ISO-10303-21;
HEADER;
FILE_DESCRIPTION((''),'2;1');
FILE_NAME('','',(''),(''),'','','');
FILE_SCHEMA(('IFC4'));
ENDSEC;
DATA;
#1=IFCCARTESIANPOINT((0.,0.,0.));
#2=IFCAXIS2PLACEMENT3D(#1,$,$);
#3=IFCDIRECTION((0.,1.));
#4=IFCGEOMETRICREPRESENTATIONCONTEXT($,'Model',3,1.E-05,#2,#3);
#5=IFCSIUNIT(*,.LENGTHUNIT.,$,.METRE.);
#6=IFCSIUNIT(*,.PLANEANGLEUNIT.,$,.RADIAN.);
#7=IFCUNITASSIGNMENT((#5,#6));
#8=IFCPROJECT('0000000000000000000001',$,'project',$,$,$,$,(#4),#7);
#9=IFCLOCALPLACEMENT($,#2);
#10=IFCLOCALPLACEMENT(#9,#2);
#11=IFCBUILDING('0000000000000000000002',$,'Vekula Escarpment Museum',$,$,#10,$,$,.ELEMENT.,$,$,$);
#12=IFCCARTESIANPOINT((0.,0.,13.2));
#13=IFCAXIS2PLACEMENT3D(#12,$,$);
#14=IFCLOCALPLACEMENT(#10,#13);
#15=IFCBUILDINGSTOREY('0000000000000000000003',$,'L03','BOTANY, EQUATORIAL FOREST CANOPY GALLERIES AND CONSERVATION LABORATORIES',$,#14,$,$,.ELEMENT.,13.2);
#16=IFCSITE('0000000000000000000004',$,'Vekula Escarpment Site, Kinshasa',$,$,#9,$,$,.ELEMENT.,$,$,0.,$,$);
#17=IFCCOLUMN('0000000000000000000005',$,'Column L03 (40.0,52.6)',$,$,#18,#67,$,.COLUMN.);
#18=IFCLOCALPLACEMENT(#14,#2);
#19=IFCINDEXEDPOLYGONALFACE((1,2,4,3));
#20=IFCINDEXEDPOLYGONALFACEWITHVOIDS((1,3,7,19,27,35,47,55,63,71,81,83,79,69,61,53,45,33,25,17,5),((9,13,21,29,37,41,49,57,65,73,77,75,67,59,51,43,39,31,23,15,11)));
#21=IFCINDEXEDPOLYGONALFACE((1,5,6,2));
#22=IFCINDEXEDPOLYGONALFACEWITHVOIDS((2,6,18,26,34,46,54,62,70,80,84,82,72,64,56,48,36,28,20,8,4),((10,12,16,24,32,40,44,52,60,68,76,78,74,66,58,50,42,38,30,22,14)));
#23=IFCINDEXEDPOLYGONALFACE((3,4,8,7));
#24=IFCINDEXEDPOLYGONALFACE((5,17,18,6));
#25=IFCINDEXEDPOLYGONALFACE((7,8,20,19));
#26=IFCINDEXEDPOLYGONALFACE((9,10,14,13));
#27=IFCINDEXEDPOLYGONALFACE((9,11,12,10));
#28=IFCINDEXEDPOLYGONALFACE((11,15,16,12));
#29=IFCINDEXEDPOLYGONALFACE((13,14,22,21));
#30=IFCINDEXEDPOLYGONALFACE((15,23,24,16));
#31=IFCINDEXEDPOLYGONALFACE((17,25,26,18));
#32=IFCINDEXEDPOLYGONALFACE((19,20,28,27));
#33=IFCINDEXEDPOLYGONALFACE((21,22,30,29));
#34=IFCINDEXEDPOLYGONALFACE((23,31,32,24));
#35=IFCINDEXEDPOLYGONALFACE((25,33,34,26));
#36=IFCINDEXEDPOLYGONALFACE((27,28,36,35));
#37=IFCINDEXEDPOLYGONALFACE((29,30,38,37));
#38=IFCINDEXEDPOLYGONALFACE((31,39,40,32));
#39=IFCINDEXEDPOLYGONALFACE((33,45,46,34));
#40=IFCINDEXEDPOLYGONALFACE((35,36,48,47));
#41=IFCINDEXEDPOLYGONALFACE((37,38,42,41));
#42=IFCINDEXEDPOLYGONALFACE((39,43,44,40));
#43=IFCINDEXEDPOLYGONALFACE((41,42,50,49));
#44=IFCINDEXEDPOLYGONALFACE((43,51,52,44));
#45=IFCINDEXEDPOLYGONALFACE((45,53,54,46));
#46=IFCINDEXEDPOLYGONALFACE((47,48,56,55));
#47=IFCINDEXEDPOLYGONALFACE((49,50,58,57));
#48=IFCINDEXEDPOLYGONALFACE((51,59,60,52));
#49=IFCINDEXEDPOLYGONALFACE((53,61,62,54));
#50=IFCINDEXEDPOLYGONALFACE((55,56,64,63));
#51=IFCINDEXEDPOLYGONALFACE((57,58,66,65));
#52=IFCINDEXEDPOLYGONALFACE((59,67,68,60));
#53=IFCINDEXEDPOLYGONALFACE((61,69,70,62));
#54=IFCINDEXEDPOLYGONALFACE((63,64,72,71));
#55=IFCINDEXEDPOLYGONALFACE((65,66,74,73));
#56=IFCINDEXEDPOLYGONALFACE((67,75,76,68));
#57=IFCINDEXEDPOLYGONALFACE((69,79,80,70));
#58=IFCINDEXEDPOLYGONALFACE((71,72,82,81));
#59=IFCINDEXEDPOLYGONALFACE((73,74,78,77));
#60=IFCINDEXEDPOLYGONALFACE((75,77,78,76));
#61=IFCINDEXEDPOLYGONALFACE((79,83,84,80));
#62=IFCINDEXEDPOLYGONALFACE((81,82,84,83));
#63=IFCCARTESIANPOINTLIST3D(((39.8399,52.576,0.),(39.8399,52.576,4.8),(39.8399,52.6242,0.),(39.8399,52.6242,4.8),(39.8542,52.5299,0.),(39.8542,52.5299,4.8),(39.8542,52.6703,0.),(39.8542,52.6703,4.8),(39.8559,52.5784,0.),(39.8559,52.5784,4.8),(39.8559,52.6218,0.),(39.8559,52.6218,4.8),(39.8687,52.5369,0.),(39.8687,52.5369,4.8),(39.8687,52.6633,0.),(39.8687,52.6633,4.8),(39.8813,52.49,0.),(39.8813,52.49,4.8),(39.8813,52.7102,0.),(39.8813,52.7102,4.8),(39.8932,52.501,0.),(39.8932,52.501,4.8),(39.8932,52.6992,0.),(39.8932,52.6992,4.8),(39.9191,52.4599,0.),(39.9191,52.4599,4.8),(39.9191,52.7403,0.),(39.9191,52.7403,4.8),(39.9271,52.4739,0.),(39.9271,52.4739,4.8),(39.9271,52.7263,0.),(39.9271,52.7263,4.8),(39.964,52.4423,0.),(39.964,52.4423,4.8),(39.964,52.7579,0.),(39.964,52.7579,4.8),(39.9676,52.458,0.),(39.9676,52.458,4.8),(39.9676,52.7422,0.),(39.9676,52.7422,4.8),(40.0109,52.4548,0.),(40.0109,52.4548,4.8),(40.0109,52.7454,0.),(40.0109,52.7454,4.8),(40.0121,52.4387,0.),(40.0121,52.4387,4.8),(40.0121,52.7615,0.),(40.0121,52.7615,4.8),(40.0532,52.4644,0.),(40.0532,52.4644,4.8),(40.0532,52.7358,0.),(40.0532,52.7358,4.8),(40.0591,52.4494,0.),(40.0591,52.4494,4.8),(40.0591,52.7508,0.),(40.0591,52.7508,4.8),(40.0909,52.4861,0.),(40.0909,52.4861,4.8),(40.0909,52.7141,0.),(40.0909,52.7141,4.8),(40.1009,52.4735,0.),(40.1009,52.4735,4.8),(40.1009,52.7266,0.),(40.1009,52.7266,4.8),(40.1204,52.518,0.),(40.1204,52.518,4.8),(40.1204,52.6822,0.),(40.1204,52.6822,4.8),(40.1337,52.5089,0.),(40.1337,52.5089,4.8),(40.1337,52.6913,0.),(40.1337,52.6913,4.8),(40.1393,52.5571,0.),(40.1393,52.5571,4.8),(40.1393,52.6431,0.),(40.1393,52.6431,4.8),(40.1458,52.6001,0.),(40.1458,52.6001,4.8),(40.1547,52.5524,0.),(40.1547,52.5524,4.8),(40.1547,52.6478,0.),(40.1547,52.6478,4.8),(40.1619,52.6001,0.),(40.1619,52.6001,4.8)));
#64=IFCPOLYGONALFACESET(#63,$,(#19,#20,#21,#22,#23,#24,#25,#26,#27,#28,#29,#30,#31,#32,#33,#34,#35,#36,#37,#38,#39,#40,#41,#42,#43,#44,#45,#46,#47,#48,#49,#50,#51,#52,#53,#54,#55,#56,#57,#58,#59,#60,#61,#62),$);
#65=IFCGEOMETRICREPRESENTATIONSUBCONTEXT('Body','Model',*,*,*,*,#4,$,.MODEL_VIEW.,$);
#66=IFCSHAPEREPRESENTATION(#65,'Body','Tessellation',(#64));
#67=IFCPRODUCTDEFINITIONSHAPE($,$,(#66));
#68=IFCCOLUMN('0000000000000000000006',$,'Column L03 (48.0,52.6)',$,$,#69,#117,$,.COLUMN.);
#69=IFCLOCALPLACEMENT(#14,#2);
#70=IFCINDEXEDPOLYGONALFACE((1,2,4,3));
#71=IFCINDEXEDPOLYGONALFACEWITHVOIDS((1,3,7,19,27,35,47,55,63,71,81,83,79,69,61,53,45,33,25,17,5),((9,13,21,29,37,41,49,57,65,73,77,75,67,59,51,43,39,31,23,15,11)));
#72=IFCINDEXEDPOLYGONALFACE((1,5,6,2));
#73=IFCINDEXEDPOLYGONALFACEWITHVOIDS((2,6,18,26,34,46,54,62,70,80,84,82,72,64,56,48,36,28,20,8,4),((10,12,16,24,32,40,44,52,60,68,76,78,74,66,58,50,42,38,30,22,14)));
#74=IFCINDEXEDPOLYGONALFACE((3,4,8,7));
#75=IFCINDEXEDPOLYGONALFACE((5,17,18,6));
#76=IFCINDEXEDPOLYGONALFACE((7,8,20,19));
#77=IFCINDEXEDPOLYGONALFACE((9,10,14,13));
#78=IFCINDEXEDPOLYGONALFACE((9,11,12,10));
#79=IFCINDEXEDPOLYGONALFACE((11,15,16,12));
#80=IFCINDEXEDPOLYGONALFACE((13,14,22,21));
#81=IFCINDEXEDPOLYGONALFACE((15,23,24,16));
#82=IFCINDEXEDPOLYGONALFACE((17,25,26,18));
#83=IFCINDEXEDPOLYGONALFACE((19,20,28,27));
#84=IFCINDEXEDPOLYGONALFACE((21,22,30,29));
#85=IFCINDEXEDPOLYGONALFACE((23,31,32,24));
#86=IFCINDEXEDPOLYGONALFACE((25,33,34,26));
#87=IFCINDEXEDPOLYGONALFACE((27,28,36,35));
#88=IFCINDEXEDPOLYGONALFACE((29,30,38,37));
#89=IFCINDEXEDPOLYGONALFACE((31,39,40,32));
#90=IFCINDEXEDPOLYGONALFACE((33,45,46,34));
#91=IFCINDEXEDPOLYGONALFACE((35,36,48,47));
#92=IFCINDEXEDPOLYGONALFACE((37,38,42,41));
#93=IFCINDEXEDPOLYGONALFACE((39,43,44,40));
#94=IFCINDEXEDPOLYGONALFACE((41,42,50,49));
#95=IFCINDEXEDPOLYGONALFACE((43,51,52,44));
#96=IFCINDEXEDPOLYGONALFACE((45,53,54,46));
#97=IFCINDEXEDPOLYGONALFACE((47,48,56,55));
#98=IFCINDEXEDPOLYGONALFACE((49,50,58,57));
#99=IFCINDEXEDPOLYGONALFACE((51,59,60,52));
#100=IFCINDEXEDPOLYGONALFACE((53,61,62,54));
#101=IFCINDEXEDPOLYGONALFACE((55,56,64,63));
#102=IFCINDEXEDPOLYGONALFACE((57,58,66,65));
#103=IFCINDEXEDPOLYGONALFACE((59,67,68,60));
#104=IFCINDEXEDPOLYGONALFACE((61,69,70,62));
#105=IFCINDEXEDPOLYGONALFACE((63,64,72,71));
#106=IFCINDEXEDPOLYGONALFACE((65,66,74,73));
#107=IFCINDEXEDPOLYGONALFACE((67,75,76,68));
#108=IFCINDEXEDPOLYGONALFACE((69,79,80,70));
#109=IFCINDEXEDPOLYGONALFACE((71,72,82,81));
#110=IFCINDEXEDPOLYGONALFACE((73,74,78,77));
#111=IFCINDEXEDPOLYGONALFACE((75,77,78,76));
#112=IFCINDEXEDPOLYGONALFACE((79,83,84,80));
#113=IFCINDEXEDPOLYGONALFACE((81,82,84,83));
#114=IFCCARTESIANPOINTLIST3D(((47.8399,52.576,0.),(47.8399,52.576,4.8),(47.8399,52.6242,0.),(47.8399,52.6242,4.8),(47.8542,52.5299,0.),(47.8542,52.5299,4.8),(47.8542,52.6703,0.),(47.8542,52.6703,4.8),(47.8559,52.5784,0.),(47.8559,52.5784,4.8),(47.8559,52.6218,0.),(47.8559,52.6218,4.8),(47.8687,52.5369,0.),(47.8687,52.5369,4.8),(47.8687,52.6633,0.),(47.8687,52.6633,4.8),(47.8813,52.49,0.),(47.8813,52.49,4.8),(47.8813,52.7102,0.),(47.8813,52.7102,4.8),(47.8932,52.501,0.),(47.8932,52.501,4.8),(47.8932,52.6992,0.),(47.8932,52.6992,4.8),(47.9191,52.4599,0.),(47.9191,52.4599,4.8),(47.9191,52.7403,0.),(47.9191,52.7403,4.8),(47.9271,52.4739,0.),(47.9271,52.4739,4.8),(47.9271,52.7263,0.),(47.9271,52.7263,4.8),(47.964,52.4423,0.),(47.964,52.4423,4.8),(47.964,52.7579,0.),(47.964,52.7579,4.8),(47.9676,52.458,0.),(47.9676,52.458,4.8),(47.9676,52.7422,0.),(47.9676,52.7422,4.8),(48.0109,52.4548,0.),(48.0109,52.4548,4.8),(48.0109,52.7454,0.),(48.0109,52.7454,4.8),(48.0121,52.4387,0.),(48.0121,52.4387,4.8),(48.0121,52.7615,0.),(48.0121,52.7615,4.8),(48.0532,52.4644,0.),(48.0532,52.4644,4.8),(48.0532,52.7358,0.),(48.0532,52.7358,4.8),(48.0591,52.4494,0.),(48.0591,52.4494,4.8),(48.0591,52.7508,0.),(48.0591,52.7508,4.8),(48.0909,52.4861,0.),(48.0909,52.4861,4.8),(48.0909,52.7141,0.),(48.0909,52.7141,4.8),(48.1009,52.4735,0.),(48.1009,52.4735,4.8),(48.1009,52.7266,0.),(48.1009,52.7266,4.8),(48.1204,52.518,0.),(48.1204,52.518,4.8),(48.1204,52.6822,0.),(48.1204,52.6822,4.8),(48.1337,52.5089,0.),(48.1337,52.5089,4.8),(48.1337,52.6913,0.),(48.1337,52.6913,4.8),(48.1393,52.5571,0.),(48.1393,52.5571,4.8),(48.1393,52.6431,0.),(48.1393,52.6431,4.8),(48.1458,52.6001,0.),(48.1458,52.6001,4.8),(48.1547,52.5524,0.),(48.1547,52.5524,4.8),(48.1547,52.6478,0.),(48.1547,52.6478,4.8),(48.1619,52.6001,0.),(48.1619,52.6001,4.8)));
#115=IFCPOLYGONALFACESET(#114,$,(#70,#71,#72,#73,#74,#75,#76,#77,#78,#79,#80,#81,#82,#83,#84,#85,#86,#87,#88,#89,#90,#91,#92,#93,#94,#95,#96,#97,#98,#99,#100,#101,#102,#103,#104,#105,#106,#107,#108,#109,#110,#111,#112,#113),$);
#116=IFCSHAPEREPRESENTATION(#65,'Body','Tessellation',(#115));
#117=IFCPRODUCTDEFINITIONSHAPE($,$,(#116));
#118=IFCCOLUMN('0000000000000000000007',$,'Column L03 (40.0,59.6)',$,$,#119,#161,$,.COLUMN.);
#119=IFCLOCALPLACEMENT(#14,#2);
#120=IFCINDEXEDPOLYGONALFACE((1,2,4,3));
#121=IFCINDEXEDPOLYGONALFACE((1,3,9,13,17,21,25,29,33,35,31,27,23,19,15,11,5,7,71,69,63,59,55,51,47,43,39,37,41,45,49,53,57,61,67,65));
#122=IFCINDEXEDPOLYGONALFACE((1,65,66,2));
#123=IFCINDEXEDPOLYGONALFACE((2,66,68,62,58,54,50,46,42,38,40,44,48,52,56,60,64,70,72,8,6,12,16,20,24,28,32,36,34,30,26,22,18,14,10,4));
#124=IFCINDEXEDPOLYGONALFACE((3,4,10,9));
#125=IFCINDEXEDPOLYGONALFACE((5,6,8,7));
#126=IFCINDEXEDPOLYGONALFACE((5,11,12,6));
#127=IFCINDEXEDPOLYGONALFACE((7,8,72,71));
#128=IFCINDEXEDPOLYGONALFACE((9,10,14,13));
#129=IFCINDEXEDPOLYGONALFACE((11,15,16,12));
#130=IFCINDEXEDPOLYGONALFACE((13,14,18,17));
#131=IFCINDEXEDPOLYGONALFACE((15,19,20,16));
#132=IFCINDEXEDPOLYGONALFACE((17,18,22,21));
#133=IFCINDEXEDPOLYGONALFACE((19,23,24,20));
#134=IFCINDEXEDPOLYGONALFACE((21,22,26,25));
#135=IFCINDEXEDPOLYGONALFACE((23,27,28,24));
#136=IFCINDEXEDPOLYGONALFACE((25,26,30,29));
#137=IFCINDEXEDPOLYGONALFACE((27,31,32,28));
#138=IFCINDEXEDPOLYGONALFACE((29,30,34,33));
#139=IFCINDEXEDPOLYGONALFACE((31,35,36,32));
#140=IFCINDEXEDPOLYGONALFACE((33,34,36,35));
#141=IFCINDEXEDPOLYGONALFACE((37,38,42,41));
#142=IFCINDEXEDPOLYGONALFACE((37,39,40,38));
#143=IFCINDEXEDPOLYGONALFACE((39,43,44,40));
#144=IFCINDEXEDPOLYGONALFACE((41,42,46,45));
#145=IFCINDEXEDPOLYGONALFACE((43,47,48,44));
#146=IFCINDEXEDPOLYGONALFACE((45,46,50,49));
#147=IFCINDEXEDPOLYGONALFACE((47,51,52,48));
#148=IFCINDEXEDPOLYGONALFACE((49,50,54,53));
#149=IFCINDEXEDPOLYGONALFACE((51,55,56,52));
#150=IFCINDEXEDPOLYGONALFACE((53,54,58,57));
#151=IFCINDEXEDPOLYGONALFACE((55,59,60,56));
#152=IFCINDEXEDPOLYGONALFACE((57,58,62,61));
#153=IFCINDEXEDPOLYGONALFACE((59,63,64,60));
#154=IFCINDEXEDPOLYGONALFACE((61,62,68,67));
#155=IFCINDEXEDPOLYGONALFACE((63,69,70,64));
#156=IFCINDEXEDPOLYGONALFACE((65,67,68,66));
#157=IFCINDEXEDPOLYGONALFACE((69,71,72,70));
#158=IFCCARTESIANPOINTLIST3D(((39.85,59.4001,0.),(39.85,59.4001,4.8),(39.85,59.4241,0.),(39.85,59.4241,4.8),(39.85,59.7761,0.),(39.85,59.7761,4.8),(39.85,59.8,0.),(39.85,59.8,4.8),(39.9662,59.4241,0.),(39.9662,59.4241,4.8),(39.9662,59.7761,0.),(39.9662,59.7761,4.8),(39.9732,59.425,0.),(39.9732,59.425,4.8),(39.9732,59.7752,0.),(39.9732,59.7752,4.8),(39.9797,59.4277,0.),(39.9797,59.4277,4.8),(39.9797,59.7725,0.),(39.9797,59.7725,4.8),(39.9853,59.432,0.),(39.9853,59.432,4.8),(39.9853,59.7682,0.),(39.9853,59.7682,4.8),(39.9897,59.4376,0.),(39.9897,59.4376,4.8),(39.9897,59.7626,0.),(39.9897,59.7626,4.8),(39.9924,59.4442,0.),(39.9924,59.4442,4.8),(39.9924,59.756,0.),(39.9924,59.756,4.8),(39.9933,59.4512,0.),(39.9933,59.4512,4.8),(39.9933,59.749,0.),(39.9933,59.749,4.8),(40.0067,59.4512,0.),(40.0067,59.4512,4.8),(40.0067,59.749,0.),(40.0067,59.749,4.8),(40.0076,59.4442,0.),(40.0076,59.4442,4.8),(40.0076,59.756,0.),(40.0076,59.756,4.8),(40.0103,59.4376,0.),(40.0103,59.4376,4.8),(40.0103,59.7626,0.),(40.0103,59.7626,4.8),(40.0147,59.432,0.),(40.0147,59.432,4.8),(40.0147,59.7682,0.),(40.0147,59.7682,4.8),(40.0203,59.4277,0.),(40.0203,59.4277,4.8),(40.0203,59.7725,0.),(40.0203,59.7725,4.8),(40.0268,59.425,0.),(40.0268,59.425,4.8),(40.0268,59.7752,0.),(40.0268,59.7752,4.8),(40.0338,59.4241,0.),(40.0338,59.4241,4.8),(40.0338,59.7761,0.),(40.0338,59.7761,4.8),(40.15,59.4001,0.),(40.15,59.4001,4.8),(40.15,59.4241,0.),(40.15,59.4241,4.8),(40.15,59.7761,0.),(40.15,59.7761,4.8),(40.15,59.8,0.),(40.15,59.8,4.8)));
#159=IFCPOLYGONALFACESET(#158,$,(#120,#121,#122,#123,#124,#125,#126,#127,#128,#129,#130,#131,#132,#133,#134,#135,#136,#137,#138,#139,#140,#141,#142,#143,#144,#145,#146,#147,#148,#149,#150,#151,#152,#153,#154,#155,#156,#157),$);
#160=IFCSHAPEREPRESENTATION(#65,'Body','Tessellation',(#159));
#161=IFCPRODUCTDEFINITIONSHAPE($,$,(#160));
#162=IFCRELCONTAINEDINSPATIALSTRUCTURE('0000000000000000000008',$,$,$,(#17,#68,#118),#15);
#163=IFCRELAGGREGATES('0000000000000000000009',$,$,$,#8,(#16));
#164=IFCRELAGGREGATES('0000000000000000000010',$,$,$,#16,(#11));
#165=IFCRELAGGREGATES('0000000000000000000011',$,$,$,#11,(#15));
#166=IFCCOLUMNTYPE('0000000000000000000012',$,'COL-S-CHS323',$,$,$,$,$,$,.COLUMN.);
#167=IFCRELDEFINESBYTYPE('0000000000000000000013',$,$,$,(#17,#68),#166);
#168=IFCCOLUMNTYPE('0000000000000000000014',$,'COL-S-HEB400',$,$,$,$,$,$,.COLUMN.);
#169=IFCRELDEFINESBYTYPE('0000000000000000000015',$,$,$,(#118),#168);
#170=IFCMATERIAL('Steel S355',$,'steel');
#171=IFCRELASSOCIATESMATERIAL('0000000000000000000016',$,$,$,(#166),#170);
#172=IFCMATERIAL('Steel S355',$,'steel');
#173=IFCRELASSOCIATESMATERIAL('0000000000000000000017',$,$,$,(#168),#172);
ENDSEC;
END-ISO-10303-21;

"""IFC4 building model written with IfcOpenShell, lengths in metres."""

from ifc_helpers import new_model, si_unit, direction, frame, origin, origin_2d, place, context, subcontext, project, spatial, hollow_circle, i_section, extrude, material, material_profile, profile_set, type_object, element, save


model = new_model("IFC4")

# Units and contexts
model_context = context("Model", 3, precision=1e-05, world=origin(), true_north=direction((0.0, 1.0)))
body_context = subcontext(model_context, "Body", "Model", "MODEL_VIEW")
ifc_project = project(units=[si_unit("LENGTHUNIT", "METRE"), si_unit("PLANEANGLEUNIT", "RADIAN")], contexts=[model_context])

# Site, building, storey
site_placement = place(None, origin())
site = spatial("IfcSite", under=ifc_project, at=site_placement, Name="Vekula Escarpment Site, Kinshasa", CompositionType="ELEMENT", RefElevation=0.0)
building_placement = place(site_placement, origin())
building = spatial("IfcBuilding", under=site, at=building_placement, Name="Vekula Escarpment Museum", CompositionType="ELEMENT")
storey_placement = place(building_placement, frame((0.0, 0.0, 13.2)))
storey = spatial("IfcBuildingStorey", under=building, at=storey_placement, Name="L03", Description="BOTANY, EQUATORIAL FOREST CANOPY GALLERIES AND CONSERVATION LABORATORIES", CompositionType="ELEMENT", Elevation=13.2)

# Columns
ifc_material_1 = material(Name="Steel S355", Category="steel")
ifc_material_profile_1 = material_profile(ifc_material_1, hollow_circle(Radius=0.1619, WallThickness=0.0161, at=origin_2d()), Name="CHS 323.9x16")
ifc_profile_set_1 = profile_set([ifc_material_profile_1], Name="Steel S355")
column_type_1 = type_object("IfcColumnType", Name="COL-S-CHS323", PredefinedType="COLUMN", material=ifc_profile_set_1)
for number, where, z_axis, x_axis, name in (
    (1, (40.0, 52.6001, 0.0), (0.0, 0.0, 1.0), (1.0, 0.0, 0.0), "Column L03 (40.0,52.6)"),
    (2, (48.0, 52.6001, 0.0), (0.0, 0.0, 1.0), (1.0, 0.0, 0.0), "Column L03 (48.0,52.6)"),
):
    element("IfcColumn", number, at=place(storey_placement, frame(where, z_axis=z_axis, x_axis=x_axis)), inside=storey, type_object=column_type_1, Name=name, PredefinedType="COLUMN", context=body_context, shape_type="SweptSolid", body=[
        extrude(hollow_circle(Radius=0.1619, WallThickness=0.0161, at=origin_2d()), origin(), (0.0, 0.0, 1.0), 4.8),
    ])
ifc_material_2 = material(Name="Steel S355", Category="steel")
ifc_material_profile_2 = material_profile(ifc_material_2, i_section(OverallWidth=0.3, OverallDepth=0.3999, WebThickness=0.0134, FlangeThickness=0.0239, FilletRadius=0.0271, at=origin_2d()), Name="HEB 400")
ifc_profile_set_2 = profile_set([ifc_material_profile_2], Name="Steel S355")
column_type_2 = type_object("IfcColumnType", Name="COL-S-HEB400", PredefinedType="COLUMN", material=ifc_profile_set_2)
column_placement = place(storey_placement, frame((40.0, 59.6001, 0.0), z_axis=(0.0, 0.0, 1.0), x_axis=(1.0, 0.0, 0.0)))
element("IfcColumn", 3, at=column_placement, inside=storey, type_object=column_type_2, Name="Column L03 (40.0,59.6)", PredefinedType="COLUMN", context=body_context, shape_type="SweptSolid", body=[
    extrude(i_section(OverallWidth=0.3, OverallDepth=0.3999, WebThickness=0.0134, FlangeThickness=0.0239, FilletRadius=0.0271, at=origin_2d()), origin(), (0.0, 0.0, 1.0), 4.8),
])

save(model, "model.ifc")
